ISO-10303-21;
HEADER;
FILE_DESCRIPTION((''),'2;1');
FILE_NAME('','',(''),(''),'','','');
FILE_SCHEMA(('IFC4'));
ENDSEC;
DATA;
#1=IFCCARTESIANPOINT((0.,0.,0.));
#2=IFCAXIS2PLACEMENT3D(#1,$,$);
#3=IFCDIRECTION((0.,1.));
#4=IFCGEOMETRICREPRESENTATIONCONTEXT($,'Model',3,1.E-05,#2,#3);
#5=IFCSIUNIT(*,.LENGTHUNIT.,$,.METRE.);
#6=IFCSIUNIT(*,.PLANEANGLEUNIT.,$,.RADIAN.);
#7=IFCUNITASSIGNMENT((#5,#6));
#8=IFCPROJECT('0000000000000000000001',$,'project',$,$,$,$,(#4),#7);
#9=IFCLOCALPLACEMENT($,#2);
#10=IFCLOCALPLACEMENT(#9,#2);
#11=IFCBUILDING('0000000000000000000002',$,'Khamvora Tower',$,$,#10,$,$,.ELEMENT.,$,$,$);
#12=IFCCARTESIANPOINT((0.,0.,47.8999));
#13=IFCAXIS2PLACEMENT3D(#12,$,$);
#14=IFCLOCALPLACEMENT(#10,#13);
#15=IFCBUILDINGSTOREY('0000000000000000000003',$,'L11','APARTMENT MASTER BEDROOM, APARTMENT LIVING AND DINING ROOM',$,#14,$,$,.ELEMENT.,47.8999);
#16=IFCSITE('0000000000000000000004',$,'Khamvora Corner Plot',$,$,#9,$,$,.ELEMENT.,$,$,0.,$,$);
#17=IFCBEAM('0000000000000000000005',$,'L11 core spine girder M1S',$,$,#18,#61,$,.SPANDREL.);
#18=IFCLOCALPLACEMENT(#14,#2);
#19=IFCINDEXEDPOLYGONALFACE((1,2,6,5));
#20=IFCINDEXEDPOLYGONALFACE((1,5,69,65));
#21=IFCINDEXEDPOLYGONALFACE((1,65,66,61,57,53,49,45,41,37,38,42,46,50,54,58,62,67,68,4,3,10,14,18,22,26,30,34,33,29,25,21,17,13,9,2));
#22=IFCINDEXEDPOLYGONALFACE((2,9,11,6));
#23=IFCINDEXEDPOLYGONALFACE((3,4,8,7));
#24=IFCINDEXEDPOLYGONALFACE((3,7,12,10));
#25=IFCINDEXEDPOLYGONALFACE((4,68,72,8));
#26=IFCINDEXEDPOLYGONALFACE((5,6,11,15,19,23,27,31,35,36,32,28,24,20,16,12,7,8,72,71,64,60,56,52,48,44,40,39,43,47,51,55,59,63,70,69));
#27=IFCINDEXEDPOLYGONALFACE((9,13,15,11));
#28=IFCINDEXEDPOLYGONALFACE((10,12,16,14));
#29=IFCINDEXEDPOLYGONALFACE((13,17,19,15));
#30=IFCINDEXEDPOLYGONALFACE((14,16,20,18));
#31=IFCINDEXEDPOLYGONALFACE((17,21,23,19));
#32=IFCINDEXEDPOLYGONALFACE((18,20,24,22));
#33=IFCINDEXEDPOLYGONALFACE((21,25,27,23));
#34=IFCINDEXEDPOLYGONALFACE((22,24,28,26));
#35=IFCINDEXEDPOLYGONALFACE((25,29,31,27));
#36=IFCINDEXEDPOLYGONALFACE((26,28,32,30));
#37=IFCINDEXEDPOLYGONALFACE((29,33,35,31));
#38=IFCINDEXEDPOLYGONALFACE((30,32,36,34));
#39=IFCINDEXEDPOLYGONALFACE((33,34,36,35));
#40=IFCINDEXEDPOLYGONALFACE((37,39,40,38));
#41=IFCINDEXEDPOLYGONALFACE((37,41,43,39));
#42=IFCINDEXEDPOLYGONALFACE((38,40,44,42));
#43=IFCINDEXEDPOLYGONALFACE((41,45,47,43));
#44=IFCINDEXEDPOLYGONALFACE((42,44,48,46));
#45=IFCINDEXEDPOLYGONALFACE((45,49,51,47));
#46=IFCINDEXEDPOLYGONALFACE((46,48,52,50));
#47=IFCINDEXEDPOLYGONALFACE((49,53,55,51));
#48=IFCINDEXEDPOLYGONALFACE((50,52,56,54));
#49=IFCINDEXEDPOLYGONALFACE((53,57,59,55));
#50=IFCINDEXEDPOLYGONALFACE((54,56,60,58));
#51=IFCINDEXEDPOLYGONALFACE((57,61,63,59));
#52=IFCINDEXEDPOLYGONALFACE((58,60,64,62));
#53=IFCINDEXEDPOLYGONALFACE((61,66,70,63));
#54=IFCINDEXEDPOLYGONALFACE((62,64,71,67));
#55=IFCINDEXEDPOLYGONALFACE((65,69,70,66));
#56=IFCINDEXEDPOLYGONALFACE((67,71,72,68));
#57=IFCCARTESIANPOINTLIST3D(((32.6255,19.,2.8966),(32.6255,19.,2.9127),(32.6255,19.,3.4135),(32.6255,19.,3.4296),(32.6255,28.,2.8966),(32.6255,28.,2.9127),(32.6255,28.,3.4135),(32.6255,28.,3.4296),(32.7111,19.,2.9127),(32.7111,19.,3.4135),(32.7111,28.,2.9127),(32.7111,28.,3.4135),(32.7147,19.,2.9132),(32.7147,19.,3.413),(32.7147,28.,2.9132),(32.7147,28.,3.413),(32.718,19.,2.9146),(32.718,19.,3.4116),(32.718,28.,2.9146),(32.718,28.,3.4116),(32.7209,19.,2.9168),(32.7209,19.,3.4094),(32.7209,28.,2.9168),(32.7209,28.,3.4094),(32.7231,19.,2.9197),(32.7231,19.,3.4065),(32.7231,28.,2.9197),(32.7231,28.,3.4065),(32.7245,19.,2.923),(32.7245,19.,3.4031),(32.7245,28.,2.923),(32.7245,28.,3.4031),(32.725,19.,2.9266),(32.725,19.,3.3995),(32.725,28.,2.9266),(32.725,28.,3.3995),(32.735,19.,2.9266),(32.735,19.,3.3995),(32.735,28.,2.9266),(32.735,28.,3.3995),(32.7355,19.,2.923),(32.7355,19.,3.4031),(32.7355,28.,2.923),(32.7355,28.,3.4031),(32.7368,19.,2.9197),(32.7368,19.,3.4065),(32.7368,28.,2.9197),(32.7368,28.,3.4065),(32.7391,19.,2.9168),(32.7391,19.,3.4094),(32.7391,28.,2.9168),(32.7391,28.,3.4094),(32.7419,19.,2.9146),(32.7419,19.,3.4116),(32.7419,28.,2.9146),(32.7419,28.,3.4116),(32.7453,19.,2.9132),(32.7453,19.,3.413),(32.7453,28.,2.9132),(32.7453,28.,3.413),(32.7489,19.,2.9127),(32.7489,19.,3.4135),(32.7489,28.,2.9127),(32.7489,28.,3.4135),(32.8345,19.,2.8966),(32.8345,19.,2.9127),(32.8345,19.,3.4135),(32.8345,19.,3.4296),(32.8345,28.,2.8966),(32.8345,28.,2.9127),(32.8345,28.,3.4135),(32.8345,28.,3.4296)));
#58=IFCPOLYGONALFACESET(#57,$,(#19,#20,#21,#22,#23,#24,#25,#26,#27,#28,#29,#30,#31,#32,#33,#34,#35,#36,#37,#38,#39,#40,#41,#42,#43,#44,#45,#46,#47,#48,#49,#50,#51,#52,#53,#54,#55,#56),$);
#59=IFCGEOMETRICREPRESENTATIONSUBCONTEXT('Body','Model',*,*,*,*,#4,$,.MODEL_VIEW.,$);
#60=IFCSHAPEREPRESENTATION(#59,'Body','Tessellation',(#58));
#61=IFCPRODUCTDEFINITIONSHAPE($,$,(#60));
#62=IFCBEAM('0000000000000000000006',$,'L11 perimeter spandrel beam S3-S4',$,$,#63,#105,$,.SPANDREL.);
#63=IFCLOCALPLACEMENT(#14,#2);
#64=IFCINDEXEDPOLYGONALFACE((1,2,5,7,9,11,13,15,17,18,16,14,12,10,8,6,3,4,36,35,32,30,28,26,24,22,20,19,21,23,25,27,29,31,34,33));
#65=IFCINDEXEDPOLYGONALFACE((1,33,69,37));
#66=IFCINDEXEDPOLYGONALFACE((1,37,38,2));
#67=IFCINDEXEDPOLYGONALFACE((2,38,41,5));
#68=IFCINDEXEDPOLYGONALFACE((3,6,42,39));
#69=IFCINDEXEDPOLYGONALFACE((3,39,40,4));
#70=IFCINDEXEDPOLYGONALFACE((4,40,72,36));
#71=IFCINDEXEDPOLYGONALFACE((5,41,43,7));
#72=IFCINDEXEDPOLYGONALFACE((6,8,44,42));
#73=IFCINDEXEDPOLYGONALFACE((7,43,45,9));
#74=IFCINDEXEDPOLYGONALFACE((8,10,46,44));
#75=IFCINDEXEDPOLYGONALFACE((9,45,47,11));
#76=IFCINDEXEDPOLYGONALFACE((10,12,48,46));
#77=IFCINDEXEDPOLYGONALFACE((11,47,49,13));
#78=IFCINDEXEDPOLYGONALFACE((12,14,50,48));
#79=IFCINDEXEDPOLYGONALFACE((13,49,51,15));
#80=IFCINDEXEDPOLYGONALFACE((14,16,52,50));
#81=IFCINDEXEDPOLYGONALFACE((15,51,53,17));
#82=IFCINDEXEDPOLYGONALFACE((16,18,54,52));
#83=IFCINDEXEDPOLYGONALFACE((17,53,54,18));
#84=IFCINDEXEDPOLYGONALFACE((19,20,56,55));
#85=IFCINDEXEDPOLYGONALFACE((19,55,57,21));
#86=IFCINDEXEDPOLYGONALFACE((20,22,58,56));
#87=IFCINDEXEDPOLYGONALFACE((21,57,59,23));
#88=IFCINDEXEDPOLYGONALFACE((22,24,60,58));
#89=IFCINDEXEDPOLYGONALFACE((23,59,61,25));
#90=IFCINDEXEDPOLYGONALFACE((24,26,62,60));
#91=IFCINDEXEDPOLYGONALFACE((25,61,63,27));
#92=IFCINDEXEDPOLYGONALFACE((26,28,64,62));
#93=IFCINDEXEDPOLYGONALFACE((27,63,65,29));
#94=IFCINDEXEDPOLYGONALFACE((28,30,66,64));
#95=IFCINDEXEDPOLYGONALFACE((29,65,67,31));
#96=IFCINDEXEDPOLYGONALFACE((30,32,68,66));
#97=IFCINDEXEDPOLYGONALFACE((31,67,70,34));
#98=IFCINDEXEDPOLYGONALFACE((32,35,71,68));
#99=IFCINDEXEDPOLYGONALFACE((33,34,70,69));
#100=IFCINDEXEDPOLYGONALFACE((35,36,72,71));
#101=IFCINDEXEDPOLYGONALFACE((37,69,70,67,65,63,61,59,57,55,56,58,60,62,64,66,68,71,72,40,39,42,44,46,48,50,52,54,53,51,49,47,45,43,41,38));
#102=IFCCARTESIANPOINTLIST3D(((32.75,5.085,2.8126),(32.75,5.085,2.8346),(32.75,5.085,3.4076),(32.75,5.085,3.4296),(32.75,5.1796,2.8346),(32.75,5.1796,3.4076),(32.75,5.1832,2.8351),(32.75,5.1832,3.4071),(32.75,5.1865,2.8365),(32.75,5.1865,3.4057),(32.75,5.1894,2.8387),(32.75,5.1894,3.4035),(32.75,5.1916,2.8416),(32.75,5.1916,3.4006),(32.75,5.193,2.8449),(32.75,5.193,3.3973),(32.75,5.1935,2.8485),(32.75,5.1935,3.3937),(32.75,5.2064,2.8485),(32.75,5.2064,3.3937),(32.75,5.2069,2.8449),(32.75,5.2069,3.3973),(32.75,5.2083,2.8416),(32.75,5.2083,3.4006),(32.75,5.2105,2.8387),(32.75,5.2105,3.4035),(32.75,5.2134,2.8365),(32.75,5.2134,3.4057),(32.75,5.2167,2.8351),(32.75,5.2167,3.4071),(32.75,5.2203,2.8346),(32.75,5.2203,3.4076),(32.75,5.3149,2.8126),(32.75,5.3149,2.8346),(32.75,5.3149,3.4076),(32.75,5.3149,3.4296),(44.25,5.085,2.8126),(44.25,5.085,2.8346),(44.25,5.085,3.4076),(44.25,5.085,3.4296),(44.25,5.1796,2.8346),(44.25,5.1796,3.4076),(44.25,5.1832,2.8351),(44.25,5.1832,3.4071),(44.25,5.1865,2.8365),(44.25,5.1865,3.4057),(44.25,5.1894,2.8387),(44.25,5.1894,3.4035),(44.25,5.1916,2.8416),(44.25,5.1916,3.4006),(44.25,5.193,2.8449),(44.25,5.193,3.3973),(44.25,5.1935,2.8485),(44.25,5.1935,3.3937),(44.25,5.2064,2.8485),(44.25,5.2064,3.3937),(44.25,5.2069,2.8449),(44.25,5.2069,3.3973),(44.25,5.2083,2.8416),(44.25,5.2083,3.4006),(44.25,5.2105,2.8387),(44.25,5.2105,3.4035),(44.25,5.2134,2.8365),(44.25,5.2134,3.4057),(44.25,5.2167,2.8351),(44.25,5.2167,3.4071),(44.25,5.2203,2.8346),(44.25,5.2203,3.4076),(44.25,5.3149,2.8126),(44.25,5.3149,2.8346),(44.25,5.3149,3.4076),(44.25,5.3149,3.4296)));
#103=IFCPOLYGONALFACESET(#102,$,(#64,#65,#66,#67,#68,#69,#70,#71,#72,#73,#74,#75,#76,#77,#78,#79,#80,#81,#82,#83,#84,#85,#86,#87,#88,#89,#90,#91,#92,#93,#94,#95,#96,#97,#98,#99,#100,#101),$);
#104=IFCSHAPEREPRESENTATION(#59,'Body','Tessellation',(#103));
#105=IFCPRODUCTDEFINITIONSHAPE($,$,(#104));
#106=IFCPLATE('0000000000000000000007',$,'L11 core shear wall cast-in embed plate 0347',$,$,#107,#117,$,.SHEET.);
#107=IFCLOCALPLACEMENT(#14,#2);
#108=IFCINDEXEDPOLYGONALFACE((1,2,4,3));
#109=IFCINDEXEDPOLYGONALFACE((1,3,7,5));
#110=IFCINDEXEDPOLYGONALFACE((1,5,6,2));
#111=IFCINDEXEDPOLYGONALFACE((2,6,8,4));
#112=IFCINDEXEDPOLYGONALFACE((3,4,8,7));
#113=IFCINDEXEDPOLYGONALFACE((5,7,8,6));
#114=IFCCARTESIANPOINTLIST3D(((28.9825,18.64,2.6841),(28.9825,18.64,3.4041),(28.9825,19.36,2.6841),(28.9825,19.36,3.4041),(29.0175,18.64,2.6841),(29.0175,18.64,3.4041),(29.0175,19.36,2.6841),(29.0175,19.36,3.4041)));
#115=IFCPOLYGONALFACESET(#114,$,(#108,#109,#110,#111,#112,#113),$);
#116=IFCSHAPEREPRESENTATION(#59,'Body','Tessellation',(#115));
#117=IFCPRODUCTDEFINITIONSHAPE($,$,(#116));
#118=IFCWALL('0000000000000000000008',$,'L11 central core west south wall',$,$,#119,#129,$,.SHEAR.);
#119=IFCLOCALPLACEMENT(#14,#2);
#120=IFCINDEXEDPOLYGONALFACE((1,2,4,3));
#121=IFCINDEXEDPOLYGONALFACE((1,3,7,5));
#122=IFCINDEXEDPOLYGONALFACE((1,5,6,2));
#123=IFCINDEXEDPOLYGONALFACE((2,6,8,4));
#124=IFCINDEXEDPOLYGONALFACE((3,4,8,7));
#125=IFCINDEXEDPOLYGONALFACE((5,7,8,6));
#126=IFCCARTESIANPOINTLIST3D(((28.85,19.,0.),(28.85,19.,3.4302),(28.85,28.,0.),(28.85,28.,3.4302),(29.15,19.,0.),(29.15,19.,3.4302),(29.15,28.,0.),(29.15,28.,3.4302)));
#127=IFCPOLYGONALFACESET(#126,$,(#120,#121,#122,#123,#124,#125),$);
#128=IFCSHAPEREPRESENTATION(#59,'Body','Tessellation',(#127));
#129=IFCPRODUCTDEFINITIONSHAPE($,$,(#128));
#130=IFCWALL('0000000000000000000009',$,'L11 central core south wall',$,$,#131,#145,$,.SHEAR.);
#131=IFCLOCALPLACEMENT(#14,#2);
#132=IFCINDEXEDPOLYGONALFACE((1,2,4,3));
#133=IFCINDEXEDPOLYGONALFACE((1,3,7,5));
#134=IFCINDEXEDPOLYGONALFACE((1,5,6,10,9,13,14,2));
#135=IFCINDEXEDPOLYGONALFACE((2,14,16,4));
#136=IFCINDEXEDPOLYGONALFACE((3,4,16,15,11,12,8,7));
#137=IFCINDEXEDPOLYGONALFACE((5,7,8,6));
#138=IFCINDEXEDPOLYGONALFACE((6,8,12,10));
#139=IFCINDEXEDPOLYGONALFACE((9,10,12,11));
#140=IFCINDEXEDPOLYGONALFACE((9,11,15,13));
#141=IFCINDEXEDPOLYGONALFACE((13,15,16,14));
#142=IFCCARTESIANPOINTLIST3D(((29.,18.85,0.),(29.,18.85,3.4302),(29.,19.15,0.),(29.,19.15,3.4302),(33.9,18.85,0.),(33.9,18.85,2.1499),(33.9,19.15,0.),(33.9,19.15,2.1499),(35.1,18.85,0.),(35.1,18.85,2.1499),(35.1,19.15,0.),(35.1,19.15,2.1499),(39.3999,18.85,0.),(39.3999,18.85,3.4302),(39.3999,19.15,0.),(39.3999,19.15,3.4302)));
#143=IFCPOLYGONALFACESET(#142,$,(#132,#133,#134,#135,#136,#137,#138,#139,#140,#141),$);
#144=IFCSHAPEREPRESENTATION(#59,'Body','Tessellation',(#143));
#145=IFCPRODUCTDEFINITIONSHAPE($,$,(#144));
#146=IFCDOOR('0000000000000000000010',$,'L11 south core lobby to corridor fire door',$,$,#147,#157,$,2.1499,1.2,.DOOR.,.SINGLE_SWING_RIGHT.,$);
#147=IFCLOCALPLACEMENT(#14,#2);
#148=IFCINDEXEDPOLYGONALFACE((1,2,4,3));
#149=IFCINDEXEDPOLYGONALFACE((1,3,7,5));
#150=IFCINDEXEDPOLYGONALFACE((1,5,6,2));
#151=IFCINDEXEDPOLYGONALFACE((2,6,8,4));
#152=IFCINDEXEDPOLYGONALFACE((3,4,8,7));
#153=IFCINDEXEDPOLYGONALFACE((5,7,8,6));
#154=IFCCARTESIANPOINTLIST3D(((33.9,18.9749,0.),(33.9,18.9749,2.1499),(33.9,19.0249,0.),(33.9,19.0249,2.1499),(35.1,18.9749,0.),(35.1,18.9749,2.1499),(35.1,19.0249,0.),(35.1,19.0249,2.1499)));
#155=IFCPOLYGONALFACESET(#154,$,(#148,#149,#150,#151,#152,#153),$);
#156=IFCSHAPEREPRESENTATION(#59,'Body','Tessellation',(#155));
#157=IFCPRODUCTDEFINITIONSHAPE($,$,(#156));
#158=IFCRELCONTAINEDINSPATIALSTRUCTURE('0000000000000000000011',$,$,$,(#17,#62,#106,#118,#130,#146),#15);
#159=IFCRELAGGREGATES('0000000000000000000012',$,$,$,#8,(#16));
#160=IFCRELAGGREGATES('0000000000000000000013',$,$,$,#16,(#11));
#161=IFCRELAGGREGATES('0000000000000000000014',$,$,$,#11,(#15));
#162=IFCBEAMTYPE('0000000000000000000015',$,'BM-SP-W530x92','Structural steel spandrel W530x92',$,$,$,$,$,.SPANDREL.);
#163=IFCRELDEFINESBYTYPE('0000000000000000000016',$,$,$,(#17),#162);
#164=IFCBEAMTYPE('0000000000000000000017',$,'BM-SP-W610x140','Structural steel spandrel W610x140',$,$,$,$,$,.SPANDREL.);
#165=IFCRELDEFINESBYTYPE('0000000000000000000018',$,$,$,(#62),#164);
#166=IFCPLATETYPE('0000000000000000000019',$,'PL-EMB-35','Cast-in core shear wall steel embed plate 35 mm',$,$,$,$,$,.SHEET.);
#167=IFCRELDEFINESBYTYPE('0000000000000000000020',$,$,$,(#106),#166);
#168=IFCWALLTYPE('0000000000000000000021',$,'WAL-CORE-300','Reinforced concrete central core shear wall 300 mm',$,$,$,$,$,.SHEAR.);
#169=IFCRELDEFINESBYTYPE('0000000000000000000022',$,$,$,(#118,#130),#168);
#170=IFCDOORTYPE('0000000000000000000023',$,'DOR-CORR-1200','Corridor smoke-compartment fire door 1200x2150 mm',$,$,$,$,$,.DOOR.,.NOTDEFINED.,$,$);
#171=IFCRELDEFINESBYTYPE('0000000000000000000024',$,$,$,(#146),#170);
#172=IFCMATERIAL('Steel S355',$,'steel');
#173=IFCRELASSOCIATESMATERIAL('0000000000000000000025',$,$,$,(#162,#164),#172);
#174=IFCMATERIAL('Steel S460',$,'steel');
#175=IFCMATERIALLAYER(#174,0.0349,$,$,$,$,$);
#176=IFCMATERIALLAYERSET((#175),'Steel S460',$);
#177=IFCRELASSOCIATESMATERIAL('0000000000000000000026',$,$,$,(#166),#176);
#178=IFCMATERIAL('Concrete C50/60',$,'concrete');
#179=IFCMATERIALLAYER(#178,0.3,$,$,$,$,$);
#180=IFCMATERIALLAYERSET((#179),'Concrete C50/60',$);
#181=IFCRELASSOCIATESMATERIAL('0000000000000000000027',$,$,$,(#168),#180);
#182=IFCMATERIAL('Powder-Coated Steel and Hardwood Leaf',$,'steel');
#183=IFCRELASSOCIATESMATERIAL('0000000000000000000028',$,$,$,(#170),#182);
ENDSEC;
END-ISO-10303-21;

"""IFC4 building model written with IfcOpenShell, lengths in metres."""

from ifc_helpers import new_model, si_unit, direction, frame, frame_2d, origin, origin_2d, place, context, subcontext, project, spatial, rectangle, i_section, extrude, material, layer, layer_set, material_profile, profile_set, type_object, element, fill, save


model = new_model("IFC4")

# Units and contexts
model_context = context("Model", 3, precision=1e-05, world=origin(), true_north=direction((0.0, 1.0)))
body_context = subcontext(model_context, "Body", "Model", "MODEL_VIEW")
ifc_project = project(units=[si_unit("LENGTHUNIT", "METRE"), si_unit("PLANEANGLEUNIT", "RADIAN")], contexts=[model_context])

# Site, building, storey
site_placement = place(None, origin())
site = spatial("IfcSite", under=ifc_project, at=site_placement, Name="Khamvora Corner Plot", CompositionType="ELEMENT", RefElevation=0.0)
building_placement = place(site_placement, origin())
building = spatial("IfcBuilding", under=site, at=building_placement, Name="Khamvora Tower", CompositionType="ELEMENT")
storey_placement = place(building_placement, frame((0.0, 0.0, 47.8999)))
storey = spatial("IfcBuildingStorey", under=building, at=storey_placement, Name="L11", Description="APARTMENT MASTER BEDROOM, APARTMENT LIVING AND DINING ROOM", CompositionType="ELEMENT", Elevation=47.8999)

# Shared definitions
ifc_material_1 = material(Name="Steel S460", Category="steel")

# Beams
ifc_material_2 = material(Name="Steel S355", Category="steel")
ifc_material_profile_1 = material_profile(ifc_material_2, i_section(OverallWidth=0.209, OverallDepth=0.533, WebThickness=0.01, FlangeThickness=0.0161, FilletRadius=0.0139, at=origin_2d()), Name="W530x92")
ifc_profile_set_1 = profile_set([ifc_material_profile_1], Name="Steel S355")
beam_type_1 = type_object("IfcBeamType", Name="BM-SP-W530x92", Description="Structural steel spandrel W530x92", PredefinedType="SPANDREL", material=ifc_profile_set_1)
beam_1_placement = place(storey_placement, frame((32.73, 19.0, 3.1631), z_axis=(0.0, 1.0, 0.0), x_axis=(-1.0, 0.0, 0.0)))
element("IfcBeam", 1, at=beam_1_placement, inside=storey, type_object=beam_type_1, Name="L11 core spine girder M1S", PredefinedType="SPANDREL", context=body_context, shape_type="SweptSolid", body=[
    extrude(i_section(OverallWidth=0.209, OverallDepth=0.533, WebThickness=0.01, FlangeThickness=0.0161, FilletRadius=0.0139, at=origin_2d()), origin(), (0.0, 0.0, 1.0), 9.0),
])
ifc_material_profile_2 = material_profile(ifc_material_2, i_section(OverallWidth=0.23, OverallDepth=0.6169, WebThickness=0.0129, FlangeThickness=0.022, FilletRadius=0.0139, at=origin_2d()), Name="W610x140")
ifc_profile_set_2 = profile_set([ifc_material_profile_2], Name="Steel S355")
beam_type_2 = type_object("IfcBeamType", Name="BM-SP-W610x140", Description="Structural steel spandrel W610x140", PredefinedType="SPANDREL", material=ifc_profile_set_2)
beam_2_placement = place(storey_placement, frame((32.75, 5.2, 3.1211), z_axis=(1.0, 0.0, 0.0), x_axis=(0.0, 1.0, 0.0)))
element("IfcBeam", 2, at=beam_2_placement, inside=storey, type_object=beam_type_2, Name="L11 perimeter spandrel beam S3-S4", PredefinedType="SPANDREL", context=body_context, shape_type="SweptSolid", body=[
    extrude(i_section(OverallWidth=0.23, OverallDepth=0.6169, WebThickness=0.0129, FlangeThickness=0.022, FilletRadius=0.0139, at=origin_2d()), origin(), (0.0, 0.0, 1.0), 11.5),
])

# Plate
ifc_layer_1 = layer(ifc_material_1, 0.0349)
ifc_layer_set_1 = layer_set([ifc_layer_1], Name="Steel S460")
plate_type = type_object("IfcPlateType", Name="PL-EMB-35", Description="Cast-in core shear wall steel embed plate 35 mm", PredefinedType="SHEET", material=ifc_layer_set_1)
plate_placement = place(storey_placement, frame((29.0, 19.0, 2.6841), z_axis=(0.0, 0.0, 1.0), x_axis=(1.0, 0.0, 0.0)))
element("IfcPlate", 3, at=plate_placement, inside=storey, type_object=plate_type, Name="L11 core shear wall cast-in embed plate 0347", PredefinedType="SHEET", context=body_context, shape_type="SweptSolid", body=[
    extrude(rectangle(XDim=0.0349, YDim=0.72, at=origin_2d()), origin(), (0.0, 0.0, 1.0), 0.72),
])

# Wall
ifc_material_3 = material(Name="Concrete C50/60", Category="concrete")
ifc_layer_2 = layer(ifc_material_3, 0.3)
ifc_layer_set_2 = layer_set([ifc_layer_2], Name="Concrete C50/60")
wall_type_1 = type_object("IfcWallType", Name="WAL-CORE-300", Description="Reinforced concrete central core shear wall 300 mm", PredefinedType="SHEAR", material=ifc_layer_set_2)
wall_1_placement = place(storey_placement, frame((29.0, 19.0, 0.0), z_axis=(0.0, 0.0, 1.0), x_axis=(0.0, 1.0, 0.0)))
element("IfcWall", 4, at=wall_1_placement, inside=storey, type_object=wall_type_1, Name="L11 central core west south wall", PredefinedType="SHEAR", context=body_context, shape_type="SweptSolid", body=[
    extrude(rectangle(XDim=9.0, YDim=0.3, at=frame_2d((4.5, 0.0))), origin(), (0.0, 0.0, 1.0), 3.4302),
])

# Wall, opening, door
wall_2_placement = place(storey_placement, frame((29.0, 19.0, 0.0), z_axis=(0.0, 0.0, 1.0), x_axis=(1.0, 0.0, 0.0)))
wall_2 = element("IfcWall", 5, at=wall_2_placement, inside=storey, type_object=wall_type_1, Name="L11 central core south wall", PredefinedType="SHEAR", context=body_context, shape_type="SweptSolid", body=[
    extrude(rectangle(XDim=10.3999, YDim=0.3, at=frame_2d((5.2, 0.0))), origin(), (0.0, 0.0, 1.0), 3.4302),
])
opening_1_placement = place(wall_2_placement, frame((4.8999, 0.0, 0.0)))
opening_1 = element("IfcOpeningElement", 6, at=opening_1_placement, cuts=wall_2, PredefinedType="OPENING", context=body_context, shape_type="SweptSolid", body=[
    extrude(rectangle(XDim=1.2, YDim=2.1499, at=frame_2d((0.6001, 1.075))), frame((0.0, 0.1599, 0.0), z_axis=(0.0, -1.0, 0.0), x_axis=(1.0, 0.0, 0.0)), (0.0, 0.0, 1.0), 0.3201),
])
ifc_material_4 = material(Name="Powder-Coated Steel and Hardwood Leaf", Category="steel")
door_type_1 = type_object("IfcDoorType", Name="DOR-CORR-1200", Description="Corridor smoke-compartment fire door 1200x2150 mm", OperationType="NOTDEFINED", PredefinedType="DOOR", material=ifc_material_4)
door_1_placement = place(opening_1_placement, origin())
door_1 = element("IfcDoor", 7, at=door_1_placement, inside=storey, type_object=door_type_1, Name="L11 south core lobby to corridor fire door", OperationType="SINGLE_SWING_RIGHT", OverallHeight=2.1499, OverallWidth=1.2, PredefinedType="DOOR", context=body_context, shape_type="SweptSolid", body=[
    extrude(rectangle(XDim=1.2, YDim=2.1499, at=frame_2d((0.6001, 1.075))), frame((0.0, 0.0249, 0.0), z_axis=(0.0, -1.0, 0.0), x_axis=(1.0, 0.0, 0.0)), (0.0, 0.0, 1.0), 0.05),
])
fill(opening_1, door_1)

save(model, "model.ifc")
